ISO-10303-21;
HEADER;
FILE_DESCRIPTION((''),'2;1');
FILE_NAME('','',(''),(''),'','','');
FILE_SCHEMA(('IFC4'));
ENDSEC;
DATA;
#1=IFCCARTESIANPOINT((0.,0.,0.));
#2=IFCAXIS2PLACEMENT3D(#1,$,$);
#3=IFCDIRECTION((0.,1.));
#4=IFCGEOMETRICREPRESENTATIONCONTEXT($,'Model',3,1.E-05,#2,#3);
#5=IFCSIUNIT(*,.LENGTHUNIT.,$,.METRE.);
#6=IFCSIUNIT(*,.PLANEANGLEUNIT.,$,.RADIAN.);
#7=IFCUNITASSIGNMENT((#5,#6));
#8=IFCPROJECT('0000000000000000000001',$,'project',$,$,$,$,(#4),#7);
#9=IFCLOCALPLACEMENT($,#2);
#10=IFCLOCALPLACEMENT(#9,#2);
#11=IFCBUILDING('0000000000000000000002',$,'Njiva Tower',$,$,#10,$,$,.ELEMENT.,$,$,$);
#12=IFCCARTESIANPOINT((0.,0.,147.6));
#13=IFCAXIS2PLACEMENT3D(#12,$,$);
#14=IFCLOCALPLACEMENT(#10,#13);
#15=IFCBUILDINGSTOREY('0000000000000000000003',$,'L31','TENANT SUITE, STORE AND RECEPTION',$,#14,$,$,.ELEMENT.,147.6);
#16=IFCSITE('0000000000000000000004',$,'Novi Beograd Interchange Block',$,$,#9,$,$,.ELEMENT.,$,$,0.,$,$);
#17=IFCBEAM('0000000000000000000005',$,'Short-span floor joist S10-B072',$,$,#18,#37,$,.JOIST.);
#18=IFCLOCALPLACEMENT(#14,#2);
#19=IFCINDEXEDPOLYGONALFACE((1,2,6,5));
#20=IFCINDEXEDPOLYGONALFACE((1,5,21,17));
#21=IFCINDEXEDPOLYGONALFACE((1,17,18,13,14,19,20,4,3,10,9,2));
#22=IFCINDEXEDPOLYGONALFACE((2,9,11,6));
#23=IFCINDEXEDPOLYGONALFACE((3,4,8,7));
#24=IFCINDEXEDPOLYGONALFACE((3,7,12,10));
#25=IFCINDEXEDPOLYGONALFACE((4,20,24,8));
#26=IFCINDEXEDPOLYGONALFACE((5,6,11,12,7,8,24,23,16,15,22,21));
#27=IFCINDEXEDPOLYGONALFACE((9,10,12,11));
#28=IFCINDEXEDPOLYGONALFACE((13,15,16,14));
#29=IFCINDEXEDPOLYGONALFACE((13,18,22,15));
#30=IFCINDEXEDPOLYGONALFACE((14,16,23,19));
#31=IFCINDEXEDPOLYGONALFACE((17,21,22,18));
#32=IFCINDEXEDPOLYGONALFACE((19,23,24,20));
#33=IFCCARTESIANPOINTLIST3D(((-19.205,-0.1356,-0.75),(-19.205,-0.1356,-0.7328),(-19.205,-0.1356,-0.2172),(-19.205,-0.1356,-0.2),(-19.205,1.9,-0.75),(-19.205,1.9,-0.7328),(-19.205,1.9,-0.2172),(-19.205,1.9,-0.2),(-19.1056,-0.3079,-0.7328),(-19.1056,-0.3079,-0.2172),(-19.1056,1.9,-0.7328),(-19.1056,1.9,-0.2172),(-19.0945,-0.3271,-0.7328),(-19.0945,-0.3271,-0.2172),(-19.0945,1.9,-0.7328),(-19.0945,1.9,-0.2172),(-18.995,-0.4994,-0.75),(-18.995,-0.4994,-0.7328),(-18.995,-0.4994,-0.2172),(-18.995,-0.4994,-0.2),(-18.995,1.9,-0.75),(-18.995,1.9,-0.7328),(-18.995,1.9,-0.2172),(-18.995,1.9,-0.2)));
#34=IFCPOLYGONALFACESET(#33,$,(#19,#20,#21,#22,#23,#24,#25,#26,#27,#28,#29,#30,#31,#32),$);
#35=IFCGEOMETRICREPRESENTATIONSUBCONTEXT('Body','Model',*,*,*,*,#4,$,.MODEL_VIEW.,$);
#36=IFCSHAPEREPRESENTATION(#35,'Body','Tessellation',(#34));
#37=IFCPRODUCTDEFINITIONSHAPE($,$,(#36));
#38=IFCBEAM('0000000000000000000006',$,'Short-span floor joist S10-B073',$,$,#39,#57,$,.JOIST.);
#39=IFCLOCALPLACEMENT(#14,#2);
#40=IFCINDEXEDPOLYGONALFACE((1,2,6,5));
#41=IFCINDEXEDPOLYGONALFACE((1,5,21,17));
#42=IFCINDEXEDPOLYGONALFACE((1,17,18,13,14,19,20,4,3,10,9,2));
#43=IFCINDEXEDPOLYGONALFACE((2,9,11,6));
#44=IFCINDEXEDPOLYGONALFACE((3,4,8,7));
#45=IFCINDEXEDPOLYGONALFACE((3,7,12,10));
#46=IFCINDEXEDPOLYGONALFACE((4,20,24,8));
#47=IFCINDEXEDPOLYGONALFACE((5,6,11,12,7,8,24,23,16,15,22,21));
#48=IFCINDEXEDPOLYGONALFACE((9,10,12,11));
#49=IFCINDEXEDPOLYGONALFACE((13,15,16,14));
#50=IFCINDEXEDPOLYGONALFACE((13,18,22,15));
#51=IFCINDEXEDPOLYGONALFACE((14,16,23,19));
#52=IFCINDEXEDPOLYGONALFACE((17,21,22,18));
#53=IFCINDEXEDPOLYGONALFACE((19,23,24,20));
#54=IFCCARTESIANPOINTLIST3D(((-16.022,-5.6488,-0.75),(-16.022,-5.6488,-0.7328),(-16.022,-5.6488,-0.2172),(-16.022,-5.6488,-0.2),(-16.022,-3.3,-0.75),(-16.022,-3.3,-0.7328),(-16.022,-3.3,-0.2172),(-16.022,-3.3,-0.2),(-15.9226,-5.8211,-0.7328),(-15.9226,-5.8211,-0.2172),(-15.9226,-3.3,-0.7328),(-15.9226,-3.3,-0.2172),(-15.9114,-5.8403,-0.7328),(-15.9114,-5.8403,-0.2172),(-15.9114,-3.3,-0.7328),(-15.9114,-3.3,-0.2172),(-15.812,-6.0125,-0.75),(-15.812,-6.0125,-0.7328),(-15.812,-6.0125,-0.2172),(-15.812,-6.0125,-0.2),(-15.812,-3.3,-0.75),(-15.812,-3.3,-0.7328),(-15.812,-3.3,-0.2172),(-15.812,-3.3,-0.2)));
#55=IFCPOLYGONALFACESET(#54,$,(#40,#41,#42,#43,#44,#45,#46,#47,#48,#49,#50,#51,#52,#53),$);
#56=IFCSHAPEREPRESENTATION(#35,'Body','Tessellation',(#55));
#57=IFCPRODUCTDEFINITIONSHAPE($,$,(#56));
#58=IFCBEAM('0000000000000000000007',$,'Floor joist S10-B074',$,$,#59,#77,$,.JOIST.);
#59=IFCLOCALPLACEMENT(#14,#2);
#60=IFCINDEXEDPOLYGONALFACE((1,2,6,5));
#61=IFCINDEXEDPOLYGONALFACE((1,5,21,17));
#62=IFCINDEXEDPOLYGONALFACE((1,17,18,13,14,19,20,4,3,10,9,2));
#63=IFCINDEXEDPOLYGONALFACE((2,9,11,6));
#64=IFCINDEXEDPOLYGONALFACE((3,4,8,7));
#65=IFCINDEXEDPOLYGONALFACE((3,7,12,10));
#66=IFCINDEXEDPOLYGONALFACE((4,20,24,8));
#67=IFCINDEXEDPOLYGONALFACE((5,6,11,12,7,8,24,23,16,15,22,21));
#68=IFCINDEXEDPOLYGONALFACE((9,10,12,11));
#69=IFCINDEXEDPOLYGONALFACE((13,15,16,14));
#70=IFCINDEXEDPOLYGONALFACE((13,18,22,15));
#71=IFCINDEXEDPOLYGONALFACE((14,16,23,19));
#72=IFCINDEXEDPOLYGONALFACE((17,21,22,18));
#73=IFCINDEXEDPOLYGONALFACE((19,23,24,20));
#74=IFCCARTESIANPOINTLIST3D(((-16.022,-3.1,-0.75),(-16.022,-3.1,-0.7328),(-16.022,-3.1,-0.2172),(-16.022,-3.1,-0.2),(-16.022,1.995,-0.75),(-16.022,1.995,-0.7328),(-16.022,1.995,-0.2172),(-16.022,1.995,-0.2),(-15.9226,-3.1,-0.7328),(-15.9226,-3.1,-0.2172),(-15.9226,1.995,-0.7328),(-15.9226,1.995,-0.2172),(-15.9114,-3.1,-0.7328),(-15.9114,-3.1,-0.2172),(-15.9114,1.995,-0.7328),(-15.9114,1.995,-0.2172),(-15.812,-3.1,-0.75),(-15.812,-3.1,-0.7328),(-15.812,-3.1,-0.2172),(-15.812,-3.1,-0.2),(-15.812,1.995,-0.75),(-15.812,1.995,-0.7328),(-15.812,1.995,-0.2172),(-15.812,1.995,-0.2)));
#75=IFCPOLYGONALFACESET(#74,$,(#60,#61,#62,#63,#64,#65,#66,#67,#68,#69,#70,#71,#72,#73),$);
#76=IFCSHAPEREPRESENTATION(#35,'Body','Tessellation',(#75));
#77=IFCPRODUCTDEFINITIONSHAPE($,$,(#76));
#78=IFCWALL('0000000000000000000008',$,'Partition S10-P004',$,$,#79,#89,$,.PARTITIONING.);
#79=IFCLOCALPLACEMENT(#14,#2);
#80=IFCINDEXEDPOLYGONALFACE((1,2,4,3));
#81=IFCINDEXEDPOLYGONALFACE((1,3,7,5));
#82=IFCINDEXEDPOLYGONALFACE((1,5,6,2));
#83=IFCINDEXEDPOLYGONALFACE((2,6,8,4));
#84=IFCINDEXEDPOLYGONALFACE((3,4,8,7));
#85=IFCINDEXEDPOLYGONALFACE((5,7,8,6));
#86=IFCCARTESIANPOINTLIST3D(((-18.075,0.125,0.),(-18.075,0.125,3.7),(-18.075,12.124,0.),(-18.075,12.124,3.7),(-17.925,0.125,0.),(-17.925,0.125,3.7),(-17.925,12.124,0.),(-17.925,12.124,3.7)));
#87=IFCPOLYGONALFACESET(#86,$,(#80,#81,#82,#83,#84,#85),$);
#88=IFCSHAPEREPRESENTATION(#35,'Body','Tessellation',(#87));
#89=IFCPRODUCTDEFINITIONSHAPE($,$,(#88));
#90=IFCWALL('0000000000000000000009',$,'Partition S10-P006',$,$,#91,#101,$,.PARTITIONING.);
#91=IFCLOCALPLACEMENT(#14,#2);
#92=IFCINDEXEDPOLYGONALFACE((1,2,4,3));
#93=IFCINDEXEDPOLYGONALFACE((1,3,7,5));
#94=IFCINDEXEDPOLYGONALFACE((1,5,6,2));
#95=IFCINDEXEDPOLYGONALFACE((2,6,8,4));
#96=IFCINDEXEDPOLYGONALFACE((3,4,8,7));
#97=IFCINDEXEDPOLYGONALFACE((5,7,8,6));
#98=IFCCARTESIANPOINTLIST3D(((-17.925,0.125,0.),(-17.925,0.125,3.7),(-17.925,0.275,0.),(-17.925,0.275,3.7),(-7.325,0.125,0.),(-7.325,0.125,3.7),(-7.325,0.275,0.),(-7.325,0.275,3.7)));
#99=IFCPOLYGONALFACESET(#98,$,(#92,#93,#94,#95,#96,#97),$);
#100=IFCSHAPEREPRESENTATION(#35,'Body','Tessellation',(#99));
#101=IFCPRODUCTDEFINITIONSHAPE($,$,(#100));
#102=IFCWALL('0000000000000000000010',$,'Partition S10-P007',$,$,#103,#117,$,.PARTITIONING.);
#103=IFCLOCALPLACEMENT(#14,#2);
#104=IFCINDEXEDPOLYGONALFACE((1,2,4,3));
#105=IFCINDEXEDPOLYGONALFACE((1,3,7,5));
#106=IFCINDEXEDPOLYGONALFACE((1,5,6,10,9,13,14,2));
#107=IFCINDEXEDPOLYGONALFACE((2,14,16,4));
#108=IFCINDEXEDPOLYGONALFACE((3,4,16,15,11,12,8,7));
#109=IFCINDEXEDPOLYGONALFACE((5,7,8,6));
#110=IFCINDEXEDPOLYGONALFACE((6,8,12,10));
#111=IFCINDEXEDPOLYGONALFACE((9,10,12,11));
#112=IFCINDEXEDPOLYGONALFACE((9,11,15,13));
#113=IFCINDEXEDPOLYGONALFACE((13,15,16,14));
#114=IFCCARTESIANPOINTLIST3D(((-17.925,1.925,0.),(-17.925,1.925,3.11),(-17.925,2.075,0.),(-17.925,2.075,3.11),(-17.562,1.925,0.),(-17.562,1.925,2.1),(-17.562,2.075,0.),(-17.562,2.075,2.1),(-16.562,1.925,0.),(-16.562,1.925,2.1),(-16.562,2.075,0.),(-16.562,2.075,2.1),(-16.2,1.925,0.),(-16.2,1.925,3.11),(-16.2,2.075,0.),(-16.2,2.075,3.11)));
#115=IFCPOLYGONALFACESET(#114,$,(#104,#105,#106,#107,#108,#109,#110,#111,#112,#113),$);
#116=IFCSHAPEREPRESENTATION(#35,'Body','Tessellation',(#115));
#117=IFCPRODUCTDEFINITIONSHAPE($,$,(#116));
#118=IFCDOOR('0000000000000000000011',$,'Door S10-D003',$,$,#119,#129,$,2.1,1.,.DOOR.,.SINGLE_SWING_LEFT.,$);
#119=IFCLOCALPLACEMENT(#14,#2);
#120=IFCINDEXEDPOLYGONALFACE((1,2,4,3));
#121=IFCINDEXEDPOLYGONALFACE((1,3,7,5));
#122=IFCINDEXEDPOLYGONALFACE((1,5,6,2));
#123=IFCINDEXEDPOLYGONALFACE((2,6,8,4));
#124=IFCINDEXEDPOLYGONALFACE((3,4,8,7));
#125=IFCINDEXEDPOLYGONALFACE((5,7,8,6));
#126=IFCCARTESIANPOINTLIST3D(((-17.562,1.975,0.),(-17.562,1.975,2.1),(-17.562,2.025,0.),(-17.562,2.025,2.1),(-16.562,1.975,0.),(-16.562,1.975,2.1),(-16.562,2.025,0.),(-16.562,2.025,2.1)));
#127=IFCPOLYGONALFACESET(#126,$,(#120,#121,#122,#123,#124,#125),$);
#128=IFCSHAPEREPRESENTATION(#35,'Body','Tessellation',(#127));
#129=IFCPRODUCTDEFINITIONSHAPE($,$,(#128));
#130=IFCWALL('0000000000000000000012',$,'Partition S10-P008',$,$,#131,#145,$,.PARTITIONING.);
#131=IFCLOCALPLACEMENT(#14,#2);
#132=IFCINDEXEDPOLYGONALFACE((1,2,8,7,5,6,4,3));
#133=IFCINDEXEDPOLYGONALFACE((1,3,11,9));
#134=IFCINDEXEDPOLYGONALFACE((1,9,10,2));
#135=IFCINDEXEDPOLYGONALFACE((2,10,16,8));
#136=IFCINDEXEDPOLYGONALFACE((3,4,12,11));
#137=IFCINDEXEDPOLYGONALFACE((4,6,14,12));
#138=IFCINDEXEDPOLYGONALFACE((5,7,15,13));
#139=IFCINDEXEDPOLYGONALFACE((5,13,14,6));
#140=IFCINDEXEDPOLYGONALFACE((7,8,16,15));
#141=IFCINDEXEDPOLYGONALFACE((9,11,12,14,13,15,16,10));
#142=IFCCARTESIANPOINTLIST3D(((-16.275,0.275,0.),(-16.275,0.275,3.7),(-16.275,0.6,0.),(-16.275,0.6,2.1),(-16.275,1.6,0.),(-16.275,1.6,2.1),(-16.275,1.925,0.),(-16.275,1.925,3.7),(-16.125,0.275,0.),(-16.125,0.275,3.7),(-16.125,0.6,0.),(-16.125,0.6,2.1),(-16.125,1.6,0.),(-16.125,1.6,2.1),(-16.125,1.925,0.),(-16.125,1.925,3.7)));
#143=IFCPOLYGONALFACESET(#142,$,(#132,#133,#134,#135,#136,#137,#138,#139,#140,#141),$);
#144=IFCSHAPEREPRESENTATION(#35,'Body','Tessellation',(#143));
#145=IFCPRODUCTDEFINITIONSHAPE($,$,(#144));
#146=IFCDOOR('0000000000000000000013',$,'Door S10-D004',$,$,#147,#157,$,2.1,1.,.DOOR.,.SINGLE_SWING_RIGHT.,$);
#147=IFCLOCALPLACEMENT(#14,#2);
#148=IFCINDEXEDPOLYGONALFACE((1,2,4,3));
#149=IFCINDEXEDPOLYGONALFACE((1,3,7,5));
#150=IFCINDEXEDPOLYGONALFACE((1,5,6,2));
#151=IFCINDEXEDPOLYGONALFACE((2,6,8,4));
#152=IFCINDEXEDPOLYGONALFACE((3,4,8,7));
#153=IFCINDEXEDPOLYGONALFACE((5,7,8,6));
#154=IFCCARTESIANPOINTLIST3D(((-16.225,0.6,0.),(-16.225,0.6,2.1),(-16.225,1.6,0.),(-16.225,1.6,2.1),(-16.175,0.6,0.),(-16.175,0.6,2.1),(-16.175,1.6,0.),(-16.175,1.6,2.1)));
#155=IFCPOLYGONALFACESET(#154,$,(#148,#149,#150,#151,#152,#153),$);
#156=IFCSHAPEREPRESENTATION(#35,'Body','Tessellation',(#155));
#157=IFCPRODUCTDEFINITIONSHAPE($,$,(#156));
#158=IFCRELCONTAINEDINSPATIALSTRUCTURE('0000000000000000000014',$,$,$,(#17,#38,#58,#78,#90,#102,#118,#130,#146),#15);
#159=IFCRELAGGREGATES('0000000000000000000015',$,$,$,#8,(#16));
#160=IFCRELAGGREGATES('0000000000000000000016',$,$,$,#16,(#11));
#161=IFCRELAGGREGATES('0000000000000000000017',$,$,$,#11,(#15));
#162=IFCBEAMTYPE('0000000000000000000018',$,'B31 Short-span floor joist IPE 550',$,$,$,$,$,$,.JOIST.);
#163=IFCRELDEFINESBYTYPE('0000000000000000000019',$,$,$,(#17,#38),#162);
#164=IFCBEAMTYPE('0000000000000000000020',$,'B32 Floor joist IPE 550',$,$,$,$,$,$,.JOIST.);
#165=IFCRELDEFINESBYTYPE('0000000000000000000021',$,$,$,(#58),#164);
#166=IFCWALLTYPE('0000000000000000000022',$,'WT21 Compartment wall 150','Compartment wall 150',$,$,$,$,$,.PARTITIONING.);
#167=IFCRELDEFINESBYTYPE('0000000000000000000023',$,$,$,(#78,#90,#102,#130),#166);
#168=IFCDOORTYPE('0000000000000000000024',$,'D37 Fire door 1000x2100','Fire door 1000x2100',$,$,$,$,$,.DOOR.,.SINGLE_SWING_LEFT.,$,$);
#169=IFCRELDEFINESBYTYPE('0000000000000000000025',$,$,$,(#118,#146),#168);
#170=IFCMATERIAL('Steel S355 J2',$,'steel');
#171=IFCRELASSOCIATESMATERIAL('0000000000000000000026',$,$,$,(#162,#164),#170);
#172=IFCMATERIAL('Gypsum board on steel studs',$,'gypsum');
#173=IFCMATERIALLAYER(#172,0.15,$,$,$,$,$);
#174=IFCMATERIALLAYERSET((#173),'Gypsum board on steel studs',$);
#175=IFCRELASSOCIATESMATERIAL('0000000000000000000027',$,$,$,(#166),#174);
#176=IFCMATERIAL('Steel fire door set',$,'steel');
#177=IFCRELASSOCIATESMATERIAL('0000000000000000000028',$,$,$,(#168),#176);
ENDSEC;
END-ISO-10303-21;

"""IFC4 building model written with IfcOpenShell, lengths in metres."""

from ifc_helpers import new_model, si_unit, direction, frame, frame_2d, origin, origin_2d, place, context, subcontext, project, spatial, rectangle, i_section, extrude, clip, halfspace, material, layer, layer_set, material_profile, profile_set, type_object, element, fill, save


model = new_model("IFC4")

# Units and contexts
model_context = context("Model", 3, precision=1e-05, world=origin(), true_north=direction((0.0, 1.0)))
body_context = subcontext(model_context, "Body", "Model", "MODEL_VIEW")
ifc_project = project(units=[si_unit("LENGTHUNIT", "METRE"), si_unit("PLANEANGLEUNIT", "RADIAN")], contexts=[model_context])

# Site, building, storey
site_placement = place(None, origin())
site = spatial("IfcSite", under=ifc_project, at=site_placement, Name="Novi Beograd Interchange Block", CompositionType="ELEMENT", RefElevation=0.0)
building_placement = place(site_placement, origin())
building = spatial("IfcBuilding", under=site, at=building_placement, Name="Njiva Tower", CompositionType="ELEMENT")
storey_placement = place(building_placement, frame((0.0, 0.0, 147.6)))
storey = spatial("IfcBuildingStorey", under=building, at=storey_placement, Name="L31", Description="TENANT SUITE, STORE AND RECEPTION", CompositionType="ELEMENT", Elevation=147.6)

# Shared definitions
ifc_material_1 = material(Name="Steel S355 J2", Category="steel")

# Beams
ifc_material_profile_1 = material_profile(ifc_material_1, i_section(OverallWidth=0.21, OverallDepth=0.55, WebThickness=0.0111, FlangeThickness=0.0172, at=origin_2d()), Name="IPE 550")
ifc_profile_set_1 = profile_set([ifc_material_profile_1], Name="Steel S355 J2")
beam_type_1 = type_object("IfcBeamType", Name="B31 Short-span floor joist IPE 550", PredefinedType="JOIST", material=ifc_profile_set_1)
beam_1_placement = place(storey_placement, frame((-19.1, 1.9, -0.475), z_axis=(0.0, -1.0, 0.0), x_axis=(1.0, 0.0, 0.0)))
element("IfcBeam", 1, at=beam_1_placement, inside=storey, type_object=beam_type_1, Name="Short-span floor joist S10-B072", PredefinedType="JOIST", context=body_context, shape_type="Clipping", body=[
    clip(extrude(i_section(OverallWidth=0.21, OverallDepth=0.55, WebThickness=0.0111, FlangeThickness=0.0172, at=origin_2d()), origin(), (0.0, 0.0, 1.0), 2.419), halfspace(frame((-0.0433, 0.0, 2.1425), z_axis=(-0.866027, 0.0, 0.499998), x_axis=(0.0, 1.0, 0.0)), False)),
])
beam_2_placement = place(storey_placement, frame((-15.917, -3.3, -0.475), z_axis=(0.0, -1.0, 0.0), x_axis=(1.0, 0.0, 0.0)))
element("IfcBeam", 2, at=beam_2_placement, inside=storey, type_object=beam_type_1, Name="Short-span floor joist S10-B073", PredefinedType="JOIST", context=body_context, shape_type="Clipping", body=[
    clip(extrude(i_section(OverallWidth=0.21, OverallDepth=0.55, WebThickness=0.0111, FlangeThickness=0.0172, at=origin_2d()), origin(), (0.0, 0.0, 1.0), 2.733), halfspace(frame((-0.043, 0.0, 2.4562), z_axis=(-0.866027, 0.0, 0.499998), x_axis=(0.0, 1.0, 0.0)), False)),
])
ifc_material_profile_2 = material_profile(ifc_material_1, i_section(OverallWidth=0.21, OverallDepth=0.55, WebThickness=0.0111, FlangeThickness=0.0172, at=origin_2d()), Name="IPE 550")
ifc_profile_set_2 = profile_set([ifc_material_profile_2], Name="Steel S355 J2")
beam_type_2 = type_object("IfcBeamType", Name="B32 Floor joist IPE 550", PredefinedType="JOIST", material=ifc_profile_set_2)
beam_3_placement = place(storey_placement, frame((-15.917, 1.995, -0.475), z_axis=(0.0, -1.0, 0.0), x_axis=(1.0, 0.0, 0.0)))
element("IfcBeam", 3, at=beam_3_placement, inside=storey, type_object=beam_type_2, Name="Floor joist S10-B074", PredefinedType="JOIST", context=body_context, shape_type="SweptSolid", body=[
    extrude(i_section(OverallWidth=0.21, OverallDepth=0.55, WebThickness=0.0111, FlangeThickness=0.0172, at=origin_2d()), origin(), (0.0, 0.0, 1.0), 5.095),
])

# Walls
ifc_material_2 = material(Name="Gypsum board on steel studs", Category="gypsum")
ifc_layer = layer(ifc_material_2, 0.15)
ifc_layer_set = layer_set([ifc_layer], Name="Gypsum board on steel studs")
wall_type = type_object("IfcWallType", Name="WT21 Compartment wall 150", Description="Compartment wall 150", PredefinedType="PARTITIONING", material=ifc_layer_set)
wall_1_placement = place(storey_placement, frame((-18.0, 0.125, 0.0), z_axis=(0.0, 0.0, 1.0), x_axis=(0.0, 1.0, 0.0)))
element("IfcWall", 4, at=wall_1_placement, inside=storey, type_object=wall_type, Name="Partition S10-P004", PredefinedType="PARTITIONING", context=body_context, shape_type="SweptSolid", body=[
    extrude(rectangle(XDim=11.999, YDim=0.15, at=frame_2d((5.9995, 0.0))), origin(), (0.0, 0.0, 1.0), 3.7),
])
wall_2_placement = place(storey_placement, frame((-17.925, 0.2, 0.0), z_axis=(0.0, 0.0, 1.0), x_axis=(1.0, 0.0, 0.0)))
element("IfcWall", 5, at=wall_2_placement, inside=storey, type_object=wall_type, Name="Partition S10-P006", PredefinedType="PARTITIONING", context=body_context, shape_type="SweptSolid", body=[
    extrude(rectangle(XDim=10.6, YDim=0.15, at=frame_2d((5.3, 0.0))), origin(), (0.0, 0.0, 1.0), 3.7),
])

# Walls, openings, doors
wall_3_placement = place(storey_placement, frame((-17.925, 2.0, 0.0), z_axis=(0.0, 0.0, 1.0), x_axis=(1.0, 0.0, 0.0)))
wall_3 = element("IfcWall", 6, at=wall_3_placement, inside=storey, type_object=wall_type, Name="Partition S10-P007", PredefinedType="PARTITIONING", context=body_context, shape_type="SweptSolid", body=[
    extrude(rectangle(XDim=1.725, YDim=0.15, at=frame_2d((0.8625, 0.0))), origin(), (0.0, 0.0, 1.0), 3.11),
])
opening_1_placement = place(wall_3_placement, frame((0.363, 0.0, 0.0)))
opening_1 = element("IfcOpeningElement", 7, at=opening_1_placement, cuts=wall_3, PredefinedType="OPENING", context=body_context, shape_type="SweptSolid", body=[
    extrude(rectangle(XDim=1.0, YDim=2.1, at=frame_2d((0.5, 1.05))), frame((0.0, 0.085, 0.0), z_axis=(0.0, -1.0, 0.0), x_axis=(1.0, 0.0, 0.0)), (0.0, 0.0, 1.0), 0.17),
])
ifc_material_3 = material(Name="Steel fire door set", Category="steel")
door_type = type_object("IfcDoorType", Name="D37 Fire door 1000x2100", Description="Fire door 1000x2100", OperationType="SINGLE_SWING_LEFT", PredefinedType="DOOR", material=ifc_material_3)
door_1_placement = place(opening_1_placement, origin())
door_1 = element("IfcDoor", 8, at=door_1_placement, inside=storey, type_object=door_type, Name="Door S10-D003", OperationType="SINGLE_SWING_LEFT", OverallHeight=2.1, OverallWidth=1.0, PredefinedType="DOOR", context=body_context, shape_type="SweptSolid", body=[
    extrude(rectangle(XDim=1.0, YDim=2.1, at=frame_2d((0.5, 1.05))), frame((0.0, 0.025, 0.0), z_axis=(0.0, -1.0, 0.0), x_axis=(1.0, 0.0, 0.0)), (0.0, 0.0, 1.0), 0.05),
])
fill(opening_1, door_1)
wall_4_placement = place(storey_placement, frame((-16.2, 0.275, 0.0), z_axis=(0.0, 0.0, 1.0), x_axis=(0.0, 1.0, 0.0)))
wall_4 = element("IfcWall", 9, at=wall_4_placement, inside=storey, type_object=wall_type, Name="Partition S10-P008", PredefinedType="PARTITIONING", context=body_context, shape_type="SweptSolid", body=[
    extrude(rectangle(XDim=1.65, YDim=0.15, at=frame_2d((0.825, 0.0))), origin(), (0.0, 0.0, 1.0), 3.7),
])
opening_2_placement = place(wall_4_placement, frame((0.325, 0.0, 0.0)))
opening_2 = element("IfcOpeningElement", 10, at=opening_2_placement, cuts=wall_4, PredefinedType="OPENING", context=body_context, shape_type="SweptSolid", body=[
    extrude(rectangle(XDim=1.0, YDim=2.1, at=frame_2d((0.5, 1.05))), frame((0.0, 0.085, 0.0), z_axis=(0.0, -1.0, 0.0), x_axis=(1.0, 0.0, 0.0)), (0.0, 0.0, 1.0), 0.17),
])
door_2_placement = place(opening_2_placement, origin())
door_2 = element("IfcDoor", 11, at=door_2_placement, inside=storey, type_object=door_type, Name="Door S10-D004", OperationType="SINGLE_SWING_RIGHT", OverallHeight=2.1, OverallWidth=1.0, PredefinedType="DOOR", context=body_context, shape_type="SweptSolid", body=[
    extrude(rectangle(XDim=1.0, YDim=2.1, at=frame_2d((0.5, 1.05))), frame((0.0, 0.025, 0.0), z_axis=(0.0, -1.0, 0.0), x_axis=(1.0, 0.0, 0.0)), (0.0, 0.0, 1.0), 0.05),
])
fill(opening_2, door_2)

save(model, "model.ifc")
